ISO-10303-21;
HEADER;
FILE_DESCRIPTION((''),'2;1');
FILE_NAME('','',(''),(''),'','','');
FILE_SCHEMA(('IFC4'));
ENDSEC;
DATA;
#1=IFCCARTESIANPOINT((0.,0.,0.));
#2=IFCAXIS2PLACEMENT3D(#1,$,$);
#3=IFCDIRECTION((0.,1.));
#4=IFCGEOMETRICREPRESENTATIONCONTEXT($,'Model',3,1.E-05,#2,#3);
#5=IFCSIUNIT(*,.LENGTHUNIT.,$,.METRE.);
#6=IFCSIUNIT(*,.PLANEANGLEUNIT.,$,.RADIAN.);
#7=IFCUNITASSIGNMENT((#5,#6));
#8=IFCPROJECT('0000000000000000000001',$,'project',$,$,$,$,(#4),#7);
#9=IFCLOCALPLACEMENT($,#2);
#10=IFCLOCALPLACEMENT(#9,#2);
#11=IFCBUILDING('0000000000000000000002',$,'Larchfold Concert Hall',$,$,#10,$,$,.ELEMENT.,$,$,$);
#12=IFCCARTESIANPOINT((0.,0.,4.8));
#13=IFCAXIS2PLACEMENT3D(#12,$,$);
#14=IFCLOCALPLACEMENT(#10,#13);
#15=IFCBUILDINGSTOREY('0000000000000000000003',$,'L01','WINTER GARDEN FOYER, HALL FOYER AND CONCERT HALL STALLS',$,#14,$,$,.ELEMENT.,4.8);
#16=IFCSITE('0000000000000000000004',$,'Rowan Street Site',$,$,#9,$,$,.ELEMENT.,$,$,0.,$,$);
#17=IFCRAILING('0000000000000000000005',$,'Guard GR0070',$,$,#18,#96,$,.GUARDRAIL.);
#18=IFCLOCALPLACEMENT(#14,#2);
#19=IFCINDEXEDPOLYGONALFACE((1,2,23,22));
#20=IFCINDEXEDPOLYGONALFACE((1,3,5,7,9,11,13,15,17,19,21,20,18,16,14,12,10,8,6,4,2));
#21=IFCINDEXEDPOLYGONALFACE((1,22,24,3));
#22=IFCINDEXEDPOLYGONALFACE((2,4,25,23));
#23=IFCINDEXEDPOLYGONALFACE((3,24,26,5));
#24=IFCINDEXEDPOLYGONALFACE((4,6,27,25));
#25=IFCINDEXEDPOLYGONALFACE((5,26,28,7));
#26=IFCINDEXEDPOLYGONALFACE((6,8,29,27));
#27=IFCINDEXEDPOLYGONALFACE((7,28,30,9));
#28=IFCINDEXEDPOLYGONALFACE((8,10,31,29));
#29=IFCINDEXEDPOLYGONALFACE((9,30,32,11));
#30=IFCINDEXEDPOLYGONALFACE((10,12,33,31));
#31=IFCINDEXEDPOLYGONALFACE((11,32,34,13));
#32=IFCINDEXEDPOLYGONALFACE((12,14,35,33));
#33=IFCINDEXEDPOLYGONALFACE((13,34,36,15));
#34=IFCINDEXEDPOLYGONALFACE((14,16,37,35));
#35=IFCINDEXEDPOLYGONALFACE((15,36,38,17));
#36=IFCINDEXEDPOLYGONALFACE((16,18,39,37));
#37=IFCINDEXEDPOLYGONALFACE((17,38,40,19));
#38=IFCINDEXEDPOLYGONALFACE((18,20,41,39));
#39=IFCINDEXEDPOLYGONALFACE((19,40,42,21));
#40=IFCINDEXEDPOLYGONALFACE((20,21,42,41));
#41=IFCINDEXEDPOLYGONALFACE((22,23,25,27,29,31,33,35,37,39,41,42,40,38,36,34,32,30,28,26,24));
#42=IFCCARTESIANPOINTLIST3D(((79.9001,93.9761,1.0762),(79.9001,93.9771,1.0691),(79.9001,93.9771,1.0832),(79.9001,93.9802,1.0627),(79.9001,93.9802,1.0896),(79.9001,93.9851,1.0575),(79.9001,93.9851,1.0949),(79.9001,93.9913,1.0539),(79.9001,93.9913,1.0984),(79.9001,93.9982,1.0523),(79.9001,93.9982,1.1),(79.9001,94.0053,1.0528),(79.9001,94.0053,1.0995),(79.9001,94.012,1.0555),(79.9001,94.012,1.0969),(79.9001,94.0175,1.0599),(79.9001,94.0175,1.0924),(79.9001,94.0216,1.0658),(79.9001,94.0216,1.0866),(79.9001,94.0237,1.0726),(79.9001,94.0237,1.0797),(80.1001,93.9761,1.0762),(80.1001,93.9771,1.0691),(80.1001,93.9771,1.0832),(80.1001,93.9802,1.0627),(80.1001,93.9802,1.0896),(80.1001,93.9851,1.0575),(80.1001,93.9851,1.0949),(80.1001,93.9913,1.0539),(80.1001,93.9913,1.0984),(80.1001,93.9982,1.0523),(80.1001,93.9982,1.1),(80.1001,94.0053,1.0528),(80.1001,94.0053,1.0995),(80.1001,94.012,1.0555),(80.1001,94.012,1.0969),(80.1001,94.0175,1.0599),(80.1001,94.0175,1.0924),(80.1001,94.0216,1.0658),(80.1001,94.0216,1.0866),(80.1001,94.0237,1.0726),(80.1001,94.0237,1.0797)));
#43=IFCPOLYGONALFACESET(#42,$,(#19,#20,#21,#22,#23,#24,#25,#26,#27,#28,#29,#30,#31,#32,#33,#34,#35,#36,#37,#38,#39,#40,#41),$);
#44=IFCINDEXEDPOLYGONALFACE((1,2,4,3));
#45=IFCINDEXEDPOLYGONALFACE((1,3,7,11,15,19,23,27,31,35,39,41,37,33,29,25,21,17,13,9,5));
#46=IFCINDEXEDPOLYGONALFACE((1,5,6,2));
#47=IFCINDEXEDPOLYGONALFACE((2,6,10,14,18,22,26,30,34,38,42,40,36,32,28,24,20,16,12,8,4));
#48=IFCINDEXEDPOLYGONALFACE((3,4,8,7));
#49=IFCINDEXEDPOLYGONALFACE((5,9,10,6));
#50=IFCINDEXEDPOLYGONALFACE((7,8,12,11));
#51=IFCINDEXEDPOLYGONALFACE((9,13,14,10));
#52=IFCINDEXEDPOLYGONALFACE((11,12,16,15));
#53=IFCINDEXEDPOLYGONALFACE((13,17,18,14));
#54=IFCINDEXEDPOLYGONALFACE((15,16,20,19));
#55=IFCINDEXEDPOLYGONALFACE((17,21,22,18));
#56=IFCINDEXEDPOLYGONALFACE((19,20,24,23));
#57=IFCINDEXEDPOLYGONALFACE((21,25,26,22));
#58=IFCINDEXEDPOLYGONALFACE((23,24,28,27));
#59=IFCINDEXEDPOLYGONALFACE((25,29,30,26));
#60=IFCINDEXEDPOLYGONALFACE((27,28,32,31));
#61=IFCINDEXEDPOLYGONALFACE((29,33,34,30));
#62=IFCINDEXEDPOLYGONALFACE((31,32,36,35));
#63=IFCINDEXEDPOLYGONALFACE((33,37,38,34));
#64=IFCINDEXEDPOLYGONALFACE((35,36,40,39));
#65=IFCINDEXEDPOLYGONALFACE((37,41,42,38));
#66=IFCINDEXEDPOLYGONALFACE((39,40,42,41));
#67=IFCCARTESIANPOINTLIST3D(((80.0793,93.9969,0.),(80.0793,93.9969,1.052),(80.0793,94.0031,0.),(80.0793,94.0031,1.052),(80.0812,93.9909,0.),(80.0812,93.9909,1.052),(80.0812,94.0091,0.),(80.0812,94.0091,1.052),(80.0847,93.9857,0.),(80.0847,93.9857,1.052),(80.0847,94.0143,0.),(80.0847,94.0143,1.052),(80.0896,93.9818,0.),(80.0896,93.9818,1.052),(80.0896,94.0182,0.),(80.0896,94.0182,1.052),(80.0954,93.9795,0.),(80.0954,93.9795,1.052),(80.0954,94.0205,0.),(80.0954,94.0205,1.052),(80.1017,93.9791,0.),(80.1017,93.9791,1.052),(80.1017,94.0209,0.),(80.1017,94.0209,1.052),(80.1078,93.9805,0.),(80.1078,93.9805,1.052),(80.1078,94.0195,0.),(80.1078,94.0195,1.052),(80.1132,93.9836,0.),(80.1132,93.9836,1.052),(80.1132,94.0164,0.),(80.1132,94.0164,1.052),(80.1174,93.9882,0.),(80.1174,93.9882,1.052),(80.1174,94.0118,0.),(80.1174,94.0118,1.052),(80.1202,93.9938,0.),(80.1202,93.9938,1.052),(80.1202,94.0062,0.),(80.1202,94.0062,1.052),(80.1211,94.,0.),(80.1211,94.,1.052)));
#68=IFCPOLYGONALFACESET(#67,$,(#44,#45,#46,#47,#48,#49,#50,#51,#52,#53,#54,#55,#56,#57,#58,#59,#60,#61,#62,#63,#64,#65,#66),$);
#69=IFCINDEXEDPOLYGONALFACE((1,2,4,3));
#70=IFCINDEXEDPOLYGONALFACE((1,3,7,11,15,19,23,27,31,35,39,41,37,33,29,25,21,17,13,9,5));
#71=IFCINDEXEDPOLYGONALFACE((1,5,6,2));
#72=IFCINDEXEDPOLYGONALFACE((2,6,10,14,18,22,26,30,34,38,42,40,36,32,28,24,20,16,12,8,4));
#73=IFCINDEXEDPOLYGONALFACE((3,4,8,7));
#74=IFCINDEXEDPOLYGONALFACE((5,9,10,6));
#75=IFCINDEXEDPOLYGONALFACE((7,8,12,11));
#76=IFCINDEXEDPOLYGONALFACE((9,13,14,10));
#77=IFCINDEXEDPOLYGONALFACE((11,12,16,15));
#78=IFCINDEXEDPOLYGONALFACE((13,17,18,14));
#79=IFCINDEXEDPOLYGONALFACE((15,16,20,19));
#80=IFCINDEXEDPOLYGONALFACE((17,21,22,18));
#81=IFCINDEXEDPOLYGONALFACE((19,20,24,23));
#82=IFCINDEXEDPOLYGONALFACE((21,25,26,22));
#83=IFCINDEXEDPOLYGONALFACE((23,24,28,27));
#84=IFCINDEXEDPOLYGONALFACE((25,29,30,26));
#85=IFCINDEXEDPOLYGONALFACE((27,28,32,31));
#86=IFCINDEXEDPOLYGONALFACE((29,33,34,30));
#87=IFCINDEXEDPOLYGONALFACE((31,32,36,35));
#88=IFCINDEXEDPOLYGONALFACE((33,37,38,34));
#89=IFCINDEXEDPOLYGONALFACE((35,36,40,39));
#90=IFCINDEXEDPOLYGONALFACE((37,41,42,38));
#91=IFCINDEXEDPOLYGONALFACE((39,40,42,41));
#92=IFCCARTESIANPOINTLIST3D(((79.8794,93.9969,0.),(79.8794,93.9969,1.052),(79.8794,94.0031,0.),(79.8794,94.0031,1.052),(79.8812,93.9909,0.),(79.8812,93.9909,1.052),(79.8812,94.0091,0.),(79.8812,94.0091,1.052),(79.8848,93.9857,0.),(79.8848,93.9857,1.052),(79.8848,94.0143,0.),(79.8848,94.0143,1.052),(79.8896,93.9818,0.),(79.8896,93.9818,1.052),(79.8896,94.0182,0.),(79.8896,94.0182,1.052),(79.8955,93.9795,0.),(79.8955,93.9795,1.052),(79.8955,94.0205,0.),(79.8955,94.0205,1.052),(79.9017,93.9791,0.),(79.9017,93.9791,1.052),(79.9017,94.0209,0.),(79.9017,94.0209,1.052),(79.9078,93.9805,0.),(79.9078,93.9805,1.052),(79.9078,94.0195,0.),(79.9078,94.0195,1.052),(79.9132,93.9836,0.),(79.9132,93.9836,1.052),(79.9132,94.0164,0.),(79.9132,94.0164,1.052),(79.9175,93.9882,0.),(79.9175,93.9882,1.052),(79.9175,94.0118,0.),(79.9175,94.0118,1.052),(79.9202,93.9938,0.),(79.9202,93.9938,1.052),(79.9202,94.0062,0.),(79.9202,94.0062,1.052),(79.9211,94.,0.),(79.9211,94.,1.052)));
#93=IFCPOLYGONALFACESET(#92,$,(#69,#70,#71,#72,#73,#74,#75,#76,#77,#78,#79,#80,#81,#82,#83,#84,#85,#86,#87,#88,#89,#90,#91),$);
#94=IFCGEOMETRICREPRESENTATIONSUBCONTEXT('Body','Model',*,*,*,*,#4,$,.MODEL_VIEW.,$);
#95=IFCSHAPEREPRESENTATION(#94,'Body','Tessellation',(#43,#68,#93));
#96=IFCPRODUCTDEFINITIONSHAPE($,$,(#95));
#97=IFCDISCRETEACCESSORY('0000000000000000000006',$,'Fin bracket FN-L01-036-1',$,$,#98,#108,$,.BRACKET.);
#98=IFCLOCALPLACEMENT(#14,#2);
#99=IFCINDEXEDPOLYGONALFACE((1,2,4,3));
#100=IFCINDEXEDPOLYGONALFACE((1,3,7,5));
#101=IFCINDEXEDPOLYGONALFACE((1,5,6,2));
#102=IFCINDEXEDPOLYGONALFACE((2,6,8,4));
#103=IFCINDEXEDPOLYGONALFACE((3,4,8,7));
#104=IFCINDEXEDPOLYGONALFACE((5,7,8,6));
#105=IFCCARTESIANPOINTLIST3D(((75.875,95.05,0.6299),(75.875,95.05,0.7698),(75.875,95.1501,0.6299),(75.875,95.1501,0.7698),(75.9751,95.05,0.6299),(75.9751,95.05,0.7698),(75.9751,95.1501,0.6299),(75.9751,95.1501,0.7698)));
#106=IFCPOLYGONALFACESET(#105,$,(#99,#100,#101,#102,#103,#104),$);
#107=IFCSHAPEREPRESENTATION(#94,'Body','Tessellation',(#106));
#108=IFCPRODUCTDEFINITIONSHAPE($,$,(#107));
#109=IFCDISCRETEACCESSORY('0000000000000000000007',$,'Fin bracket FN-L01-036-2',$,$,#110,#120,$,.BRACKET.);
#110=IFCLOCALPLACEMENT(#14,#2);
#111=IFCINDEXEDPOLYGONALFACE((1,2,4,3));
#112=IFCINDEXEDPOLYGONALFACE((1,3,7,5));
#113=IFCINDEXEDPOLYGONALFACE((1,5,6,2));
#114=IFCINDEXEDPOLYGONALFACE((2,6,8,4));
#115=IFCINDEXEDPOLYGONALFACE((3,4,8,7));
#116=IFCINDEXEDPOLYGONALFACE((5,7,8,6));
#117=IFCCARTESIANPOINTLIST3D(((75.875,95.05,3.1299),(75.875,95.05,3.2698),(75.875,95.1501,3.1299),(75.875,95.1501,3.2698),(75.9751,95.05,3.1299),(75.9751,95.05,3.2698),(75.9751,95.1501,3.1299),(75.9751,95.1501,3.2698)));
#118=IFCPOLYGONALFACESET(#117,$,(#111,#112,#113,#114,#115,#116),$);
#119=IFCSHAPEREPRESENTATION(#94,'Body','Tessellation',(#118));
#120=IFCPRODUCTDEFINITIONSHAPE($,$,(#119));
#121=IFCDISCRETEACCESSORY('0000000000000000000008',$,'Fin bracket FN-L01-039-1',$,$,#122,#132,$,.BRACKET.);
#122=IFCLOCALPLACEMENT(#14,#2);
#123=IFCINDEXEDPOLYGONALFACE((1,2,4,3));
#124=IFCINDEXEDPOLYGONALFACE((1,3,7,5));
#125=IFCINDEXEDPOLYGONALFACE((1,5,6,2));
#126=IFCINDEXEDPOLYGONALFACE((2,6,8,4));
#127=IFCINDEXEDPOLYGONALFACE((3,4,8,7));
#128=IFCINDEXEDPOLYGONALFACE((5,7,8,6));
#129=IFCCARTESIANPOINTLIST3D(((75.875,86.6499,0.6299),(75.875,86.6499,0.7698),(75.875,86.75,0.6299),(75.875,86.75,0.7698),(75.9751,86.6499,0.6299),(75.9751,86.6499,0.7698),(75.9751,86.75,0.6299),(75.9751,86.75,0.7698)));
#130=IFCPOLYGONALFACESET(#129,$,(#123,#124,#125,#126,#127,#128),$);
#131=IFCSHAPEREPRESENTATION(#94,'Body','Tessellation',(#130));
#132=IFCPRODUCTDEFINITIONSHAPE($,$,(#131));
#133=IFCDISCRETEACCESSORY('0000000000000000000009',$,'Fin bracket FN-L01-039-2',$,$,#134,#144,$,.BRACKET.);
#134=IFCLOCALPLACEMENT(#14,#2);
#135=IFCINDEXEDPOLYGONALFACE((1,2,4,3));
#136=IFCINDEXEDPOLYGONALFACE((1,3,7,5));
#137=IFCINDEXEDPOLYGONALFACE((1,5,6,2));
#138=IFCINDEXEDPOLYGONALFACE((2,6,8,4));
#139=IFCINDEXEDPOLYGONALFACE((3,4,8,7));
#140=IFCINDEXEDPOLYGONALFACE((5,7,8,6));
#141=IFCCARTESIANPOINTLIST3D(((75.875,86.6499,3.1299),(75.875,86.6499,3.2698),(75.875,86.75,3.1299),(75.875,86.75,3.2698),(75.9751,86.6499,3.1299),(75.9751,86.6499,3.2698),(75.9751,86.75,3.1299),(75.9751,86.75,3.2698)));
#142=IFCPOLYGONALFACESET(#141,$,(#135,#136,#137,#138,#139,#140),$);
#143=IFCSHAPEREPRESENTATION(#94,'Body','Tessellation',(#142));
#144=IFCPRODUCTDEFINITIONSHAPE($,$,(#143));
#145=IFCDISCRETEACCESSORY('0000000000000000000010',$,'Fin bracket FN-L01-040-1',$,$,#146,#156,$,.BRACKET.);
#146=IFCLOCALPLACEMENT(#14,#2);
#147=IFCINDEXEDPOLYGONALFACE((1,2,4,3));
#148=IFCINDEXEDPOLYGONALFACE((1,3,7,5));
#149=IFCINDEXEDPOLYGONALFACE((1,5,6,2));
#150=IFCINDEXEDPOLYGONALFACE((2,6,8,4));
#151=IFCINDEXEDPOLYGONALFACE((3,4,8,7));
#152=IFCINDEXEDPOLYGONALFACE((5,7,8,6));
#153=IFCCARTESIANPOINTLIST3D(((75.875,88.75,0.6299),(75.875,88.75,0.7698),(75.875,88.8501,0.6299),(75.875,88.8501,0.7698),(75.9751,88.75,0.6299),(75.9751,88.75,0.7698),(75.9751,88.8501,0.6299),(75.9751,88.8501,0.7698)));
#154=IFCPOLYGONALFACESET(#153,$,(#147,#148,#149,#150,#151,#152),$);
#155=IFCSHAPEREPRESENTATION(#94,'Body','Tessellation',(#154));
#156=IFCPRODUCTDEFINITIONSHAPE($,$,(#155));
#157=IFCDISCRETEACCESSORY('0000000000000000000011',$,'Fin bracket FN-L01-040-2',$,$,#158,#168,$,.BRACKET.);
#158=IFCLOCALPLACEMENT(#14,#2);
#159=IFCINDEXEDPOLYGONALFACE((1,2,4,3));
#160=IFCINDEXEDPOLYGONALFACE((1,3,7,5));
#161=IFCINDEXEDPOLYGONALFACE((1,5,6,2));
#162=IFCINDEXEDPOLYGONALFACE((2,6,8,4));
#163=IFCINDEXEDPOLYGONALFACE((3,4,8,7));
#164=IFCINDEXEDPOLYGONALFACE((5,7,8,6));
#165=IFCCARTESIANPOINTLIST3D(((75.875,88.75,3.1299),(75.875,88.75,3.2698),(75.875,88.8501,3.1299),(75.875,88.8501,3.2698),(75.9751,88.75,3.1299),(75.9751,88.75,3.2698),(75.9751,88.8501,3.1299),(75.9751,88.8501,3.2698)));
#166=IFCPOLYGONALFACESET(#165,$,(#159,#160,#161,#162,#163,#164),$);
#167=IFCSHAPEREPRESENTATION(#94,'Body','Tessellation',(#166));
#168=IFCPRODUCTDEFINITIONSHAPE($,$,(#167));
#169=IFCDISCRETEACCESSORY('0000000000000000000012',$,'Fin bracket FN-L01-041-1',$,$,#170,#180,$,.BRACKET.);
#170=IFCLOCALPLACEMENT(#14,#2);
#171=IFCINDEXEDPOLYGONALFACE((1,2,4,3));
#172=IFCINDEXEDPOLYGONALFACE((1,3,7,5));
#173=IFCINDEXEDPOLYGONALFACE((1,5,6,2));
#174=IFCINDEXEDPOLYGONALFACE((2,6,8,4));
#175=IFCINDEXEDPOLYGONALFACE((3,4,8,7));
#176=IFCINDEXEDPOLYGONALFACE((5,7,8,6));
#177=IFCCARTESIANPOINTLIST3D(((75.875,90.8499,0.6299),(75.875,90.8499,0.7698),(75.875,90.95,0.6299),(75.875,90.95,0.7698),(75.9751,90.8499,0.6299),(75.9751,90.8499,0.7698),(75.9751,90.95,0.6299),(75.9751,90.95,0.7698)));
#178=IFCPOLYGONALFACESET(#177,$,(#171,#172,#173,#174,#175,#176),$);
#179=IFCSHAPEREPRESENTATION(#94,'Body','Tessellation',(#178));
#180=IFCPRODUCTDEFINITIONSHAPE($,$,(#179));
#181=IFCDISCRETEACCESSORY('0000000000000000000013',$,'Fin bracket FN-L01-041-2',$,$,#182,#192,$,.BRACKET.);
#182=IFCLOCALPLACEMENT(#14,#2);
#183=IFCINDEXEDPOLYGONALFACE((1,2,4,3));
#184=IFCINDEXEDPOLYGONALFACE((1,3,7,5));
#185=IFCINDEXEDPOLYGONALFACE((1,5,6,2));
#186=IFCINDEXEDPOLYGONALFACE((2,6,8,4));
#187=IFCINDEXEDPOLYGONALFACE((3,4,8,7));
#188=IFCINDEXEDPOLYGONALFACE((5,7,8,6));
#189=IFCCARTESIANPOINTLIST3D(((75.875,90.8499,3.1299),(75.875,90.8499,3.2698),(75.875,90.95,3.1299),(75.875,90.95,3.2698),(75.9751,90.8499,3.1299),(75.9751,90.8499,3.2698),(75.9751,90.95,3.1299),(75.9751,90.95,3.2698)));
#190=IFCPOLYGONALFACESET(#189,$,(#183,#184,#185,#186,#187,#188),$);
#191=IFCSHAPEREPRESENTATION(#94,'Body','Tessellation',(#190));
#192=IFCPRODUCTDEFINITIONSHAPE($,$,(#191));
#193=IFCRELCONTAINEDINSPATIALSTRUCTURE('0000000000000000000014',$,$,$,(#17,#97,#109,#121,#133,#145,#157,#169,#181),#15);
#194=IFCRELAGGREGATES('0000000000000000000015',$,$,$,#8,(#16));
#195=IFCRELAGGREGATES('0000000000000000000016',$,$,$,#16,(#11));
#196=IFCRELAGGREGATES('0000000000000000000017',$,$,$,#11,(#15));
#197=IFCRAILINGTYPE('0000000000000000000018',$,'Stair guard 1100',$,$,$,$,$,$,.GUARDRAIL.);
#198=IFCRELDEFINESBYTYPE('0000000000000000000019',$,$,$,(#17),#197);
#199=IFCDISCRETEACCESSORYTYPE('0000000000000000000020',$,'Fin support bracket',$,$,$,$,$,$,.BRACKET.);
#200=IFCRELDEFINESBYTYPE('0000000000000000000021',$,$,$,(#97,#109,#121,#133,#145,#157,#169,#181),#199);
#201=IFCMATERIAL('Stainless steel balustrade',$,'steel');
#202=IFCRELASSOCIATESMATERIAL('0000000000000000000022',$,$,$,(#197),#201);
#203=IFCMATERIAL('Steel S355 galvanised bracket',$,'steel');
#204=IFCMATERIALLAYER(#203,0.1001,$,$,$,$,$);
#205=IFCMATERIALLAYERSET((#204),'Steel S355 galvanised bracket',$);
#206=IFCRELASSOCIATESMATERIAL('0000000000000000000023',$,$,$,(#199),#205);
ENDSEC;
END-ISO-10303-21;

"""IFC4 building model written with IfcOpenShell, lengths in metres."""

from ifc_helpers import new_model, si_unit, direction, frame, origin, origin_2d, place, context, subcontext, project, spatial, rectangle, circle, extrude, material, layer, layer_set, type_object, element, save


model = new_model("IFC4")

# Units and contexts
model_context = context("Model", 3, precision=1e-05, world=origin(), true_north=direction((0.0, 1.0)))
body_context = subcontext(model_context, "Body", "Model", "MODEL_VIEW")
ifc_project = project(units=[si_unit("LENGTHUNIT", "METRE"), si_unit("PLANEANGLEUNIT", "RADIAN")], contexts=[model_context])

# Site, building, storey
site_placement = place(None, origin())
site = spatial("IfcSite", under=ifc_project, at=site_placement, Name="Rowan Street Site", CompositionType="ELEMENT", RefElevation=0.0)
building_placement = place(site_placement, origin())
building = spatial("IfcBuilding", under=site, at=building_placement, Name="Larchfold Concert Hall", CompositionType="ELEMENT")
storey_placement = place(building_placement, frame((0.0, 0.0, 4.8)))
storey = spatial("IfcBuildingStorey", under=building, at=storey_placement, Name="L01", Description="WINTER GARDEN FOYER, HALL FOYER AND CONCERT HALL STALLS", CompositionType="ELEMENT", Elevation=4.8)

# Railing
ifc_material_1 = material(Name="Stainless steel balustrade", Category="steel")
railing_type = type_object("IfcRailingType", Name="Stair guard 1100", PredefinedType="GUARDRAIL", material=ifc_material_1)
railing_placement = place(storey_placement, frame((80.1001, 94.0, 0.0)))
element("IfcRailing", 1, at=railing_placement, inside=storey, type_object=railing_type, Name="Guard GR0070", PredefinedType="GUARDRAIL", context=body_context, shape_type="SweptSolid", body=[
    extrude(circle(Radius=0.0239, at=origin_2d()), frame((0.0, 0.0, 1.0762), z_axis=(-1.0, 0.0, 0.0), x_axis=(0.0, -1.0, 0.0)), (0.0, 0.0, 1.0), 0.2),
    extrude(circle(Radius=0.021, at=origin_2d()), origin(), (0.0, 0.0, 1.0), 1.052),
    extrude(circle(Radius=0.021, at=origin_2d()), frame((-0.2, 0.0, 0.0)), (0.0, 0.0, 1.0), 1.052),
])

# Discrete accessories
ifc_material_2 = material(Name="Steel S355 galvanised bracket", Category="steel")
ifc_layer_1 = layer(ifc_material_2, 0.1001)
ifc_layer_set_1 = layer_set([ifc_layer_1], Name="Steel S355 galvanised bracket")
discrete_accessory_type = type_object("IfcDiscreteAccessoryType", Name="Fin support bracket", PredefinedType="BRACKET", material=ifc_layer_set_1)
for number, where, z_axis, x_axis, name in (
    (2, (75.925, 95.1001, 0.6299), (0.0, 0.0, 1.0), (-1.0, 0.0, 0.0), "Fin bracket FN-L01-036-1"),
    (3, (75.925, 95.1001, 3.1299), (0.0, 0.0, 1.0), (-1.0, 0.0, 0.0), "Fin bracket FN-L01-036-2"),
    (4, (75.925, 86.7, 0.6299), (0.0, 0.0, 1.0), (-1.0, 0.0, 0.0), "Fin bracket FN-L01-039-1"),
    (5, (75.925, 86.7, 3.1299), (0.0, 0.0, 1.0), (-1.0, 0.0, 0.0), "Fin bracket FN-L01-039-2"),
    (6, (75.925, 88.8, 0.6299), (0.0, 0.0, 1.0), (-1.0, 0.0, 0.0), "Fin bracket FN-L01-040-1"),
    (7, (75.925, 88.8, 3.1299), (0.0, 0.0, 1.0), (-1.0, 0.0, 0.0), "Fin bracket FN-L01-040-2"),
    (8, (75.925, 90.8999, 0.6299), (0.0, 0.0, 1.0), (-1.0, 0.0, 0.0), "Fin bracket FN-L01-041-1"),
    (9, (75.925, 90.8999, 3.1299), (0.0, 0.0, 1.0), (-1.0, 0.0, 0.0), "Fin bracket FN-L01-041-2"),
):
    element("IfcDiscreteAccessory", number, at=place(storey_placement, frame(where, z_axis=z_axis, x_axis=x_axis)), inside=storey, type_object=discrete_accessory_type, Name=name, PredefinedType="BRACKET", context=body_context, shape_type="SweptSolid", body=[
        extrude(rectangle(XDim=0.1001, YDim=0.1001, at=origin_2d()), origin(), (0.0, 0.0, 1.0), 0.1399),
    ])

save(model, "model.ifc")
